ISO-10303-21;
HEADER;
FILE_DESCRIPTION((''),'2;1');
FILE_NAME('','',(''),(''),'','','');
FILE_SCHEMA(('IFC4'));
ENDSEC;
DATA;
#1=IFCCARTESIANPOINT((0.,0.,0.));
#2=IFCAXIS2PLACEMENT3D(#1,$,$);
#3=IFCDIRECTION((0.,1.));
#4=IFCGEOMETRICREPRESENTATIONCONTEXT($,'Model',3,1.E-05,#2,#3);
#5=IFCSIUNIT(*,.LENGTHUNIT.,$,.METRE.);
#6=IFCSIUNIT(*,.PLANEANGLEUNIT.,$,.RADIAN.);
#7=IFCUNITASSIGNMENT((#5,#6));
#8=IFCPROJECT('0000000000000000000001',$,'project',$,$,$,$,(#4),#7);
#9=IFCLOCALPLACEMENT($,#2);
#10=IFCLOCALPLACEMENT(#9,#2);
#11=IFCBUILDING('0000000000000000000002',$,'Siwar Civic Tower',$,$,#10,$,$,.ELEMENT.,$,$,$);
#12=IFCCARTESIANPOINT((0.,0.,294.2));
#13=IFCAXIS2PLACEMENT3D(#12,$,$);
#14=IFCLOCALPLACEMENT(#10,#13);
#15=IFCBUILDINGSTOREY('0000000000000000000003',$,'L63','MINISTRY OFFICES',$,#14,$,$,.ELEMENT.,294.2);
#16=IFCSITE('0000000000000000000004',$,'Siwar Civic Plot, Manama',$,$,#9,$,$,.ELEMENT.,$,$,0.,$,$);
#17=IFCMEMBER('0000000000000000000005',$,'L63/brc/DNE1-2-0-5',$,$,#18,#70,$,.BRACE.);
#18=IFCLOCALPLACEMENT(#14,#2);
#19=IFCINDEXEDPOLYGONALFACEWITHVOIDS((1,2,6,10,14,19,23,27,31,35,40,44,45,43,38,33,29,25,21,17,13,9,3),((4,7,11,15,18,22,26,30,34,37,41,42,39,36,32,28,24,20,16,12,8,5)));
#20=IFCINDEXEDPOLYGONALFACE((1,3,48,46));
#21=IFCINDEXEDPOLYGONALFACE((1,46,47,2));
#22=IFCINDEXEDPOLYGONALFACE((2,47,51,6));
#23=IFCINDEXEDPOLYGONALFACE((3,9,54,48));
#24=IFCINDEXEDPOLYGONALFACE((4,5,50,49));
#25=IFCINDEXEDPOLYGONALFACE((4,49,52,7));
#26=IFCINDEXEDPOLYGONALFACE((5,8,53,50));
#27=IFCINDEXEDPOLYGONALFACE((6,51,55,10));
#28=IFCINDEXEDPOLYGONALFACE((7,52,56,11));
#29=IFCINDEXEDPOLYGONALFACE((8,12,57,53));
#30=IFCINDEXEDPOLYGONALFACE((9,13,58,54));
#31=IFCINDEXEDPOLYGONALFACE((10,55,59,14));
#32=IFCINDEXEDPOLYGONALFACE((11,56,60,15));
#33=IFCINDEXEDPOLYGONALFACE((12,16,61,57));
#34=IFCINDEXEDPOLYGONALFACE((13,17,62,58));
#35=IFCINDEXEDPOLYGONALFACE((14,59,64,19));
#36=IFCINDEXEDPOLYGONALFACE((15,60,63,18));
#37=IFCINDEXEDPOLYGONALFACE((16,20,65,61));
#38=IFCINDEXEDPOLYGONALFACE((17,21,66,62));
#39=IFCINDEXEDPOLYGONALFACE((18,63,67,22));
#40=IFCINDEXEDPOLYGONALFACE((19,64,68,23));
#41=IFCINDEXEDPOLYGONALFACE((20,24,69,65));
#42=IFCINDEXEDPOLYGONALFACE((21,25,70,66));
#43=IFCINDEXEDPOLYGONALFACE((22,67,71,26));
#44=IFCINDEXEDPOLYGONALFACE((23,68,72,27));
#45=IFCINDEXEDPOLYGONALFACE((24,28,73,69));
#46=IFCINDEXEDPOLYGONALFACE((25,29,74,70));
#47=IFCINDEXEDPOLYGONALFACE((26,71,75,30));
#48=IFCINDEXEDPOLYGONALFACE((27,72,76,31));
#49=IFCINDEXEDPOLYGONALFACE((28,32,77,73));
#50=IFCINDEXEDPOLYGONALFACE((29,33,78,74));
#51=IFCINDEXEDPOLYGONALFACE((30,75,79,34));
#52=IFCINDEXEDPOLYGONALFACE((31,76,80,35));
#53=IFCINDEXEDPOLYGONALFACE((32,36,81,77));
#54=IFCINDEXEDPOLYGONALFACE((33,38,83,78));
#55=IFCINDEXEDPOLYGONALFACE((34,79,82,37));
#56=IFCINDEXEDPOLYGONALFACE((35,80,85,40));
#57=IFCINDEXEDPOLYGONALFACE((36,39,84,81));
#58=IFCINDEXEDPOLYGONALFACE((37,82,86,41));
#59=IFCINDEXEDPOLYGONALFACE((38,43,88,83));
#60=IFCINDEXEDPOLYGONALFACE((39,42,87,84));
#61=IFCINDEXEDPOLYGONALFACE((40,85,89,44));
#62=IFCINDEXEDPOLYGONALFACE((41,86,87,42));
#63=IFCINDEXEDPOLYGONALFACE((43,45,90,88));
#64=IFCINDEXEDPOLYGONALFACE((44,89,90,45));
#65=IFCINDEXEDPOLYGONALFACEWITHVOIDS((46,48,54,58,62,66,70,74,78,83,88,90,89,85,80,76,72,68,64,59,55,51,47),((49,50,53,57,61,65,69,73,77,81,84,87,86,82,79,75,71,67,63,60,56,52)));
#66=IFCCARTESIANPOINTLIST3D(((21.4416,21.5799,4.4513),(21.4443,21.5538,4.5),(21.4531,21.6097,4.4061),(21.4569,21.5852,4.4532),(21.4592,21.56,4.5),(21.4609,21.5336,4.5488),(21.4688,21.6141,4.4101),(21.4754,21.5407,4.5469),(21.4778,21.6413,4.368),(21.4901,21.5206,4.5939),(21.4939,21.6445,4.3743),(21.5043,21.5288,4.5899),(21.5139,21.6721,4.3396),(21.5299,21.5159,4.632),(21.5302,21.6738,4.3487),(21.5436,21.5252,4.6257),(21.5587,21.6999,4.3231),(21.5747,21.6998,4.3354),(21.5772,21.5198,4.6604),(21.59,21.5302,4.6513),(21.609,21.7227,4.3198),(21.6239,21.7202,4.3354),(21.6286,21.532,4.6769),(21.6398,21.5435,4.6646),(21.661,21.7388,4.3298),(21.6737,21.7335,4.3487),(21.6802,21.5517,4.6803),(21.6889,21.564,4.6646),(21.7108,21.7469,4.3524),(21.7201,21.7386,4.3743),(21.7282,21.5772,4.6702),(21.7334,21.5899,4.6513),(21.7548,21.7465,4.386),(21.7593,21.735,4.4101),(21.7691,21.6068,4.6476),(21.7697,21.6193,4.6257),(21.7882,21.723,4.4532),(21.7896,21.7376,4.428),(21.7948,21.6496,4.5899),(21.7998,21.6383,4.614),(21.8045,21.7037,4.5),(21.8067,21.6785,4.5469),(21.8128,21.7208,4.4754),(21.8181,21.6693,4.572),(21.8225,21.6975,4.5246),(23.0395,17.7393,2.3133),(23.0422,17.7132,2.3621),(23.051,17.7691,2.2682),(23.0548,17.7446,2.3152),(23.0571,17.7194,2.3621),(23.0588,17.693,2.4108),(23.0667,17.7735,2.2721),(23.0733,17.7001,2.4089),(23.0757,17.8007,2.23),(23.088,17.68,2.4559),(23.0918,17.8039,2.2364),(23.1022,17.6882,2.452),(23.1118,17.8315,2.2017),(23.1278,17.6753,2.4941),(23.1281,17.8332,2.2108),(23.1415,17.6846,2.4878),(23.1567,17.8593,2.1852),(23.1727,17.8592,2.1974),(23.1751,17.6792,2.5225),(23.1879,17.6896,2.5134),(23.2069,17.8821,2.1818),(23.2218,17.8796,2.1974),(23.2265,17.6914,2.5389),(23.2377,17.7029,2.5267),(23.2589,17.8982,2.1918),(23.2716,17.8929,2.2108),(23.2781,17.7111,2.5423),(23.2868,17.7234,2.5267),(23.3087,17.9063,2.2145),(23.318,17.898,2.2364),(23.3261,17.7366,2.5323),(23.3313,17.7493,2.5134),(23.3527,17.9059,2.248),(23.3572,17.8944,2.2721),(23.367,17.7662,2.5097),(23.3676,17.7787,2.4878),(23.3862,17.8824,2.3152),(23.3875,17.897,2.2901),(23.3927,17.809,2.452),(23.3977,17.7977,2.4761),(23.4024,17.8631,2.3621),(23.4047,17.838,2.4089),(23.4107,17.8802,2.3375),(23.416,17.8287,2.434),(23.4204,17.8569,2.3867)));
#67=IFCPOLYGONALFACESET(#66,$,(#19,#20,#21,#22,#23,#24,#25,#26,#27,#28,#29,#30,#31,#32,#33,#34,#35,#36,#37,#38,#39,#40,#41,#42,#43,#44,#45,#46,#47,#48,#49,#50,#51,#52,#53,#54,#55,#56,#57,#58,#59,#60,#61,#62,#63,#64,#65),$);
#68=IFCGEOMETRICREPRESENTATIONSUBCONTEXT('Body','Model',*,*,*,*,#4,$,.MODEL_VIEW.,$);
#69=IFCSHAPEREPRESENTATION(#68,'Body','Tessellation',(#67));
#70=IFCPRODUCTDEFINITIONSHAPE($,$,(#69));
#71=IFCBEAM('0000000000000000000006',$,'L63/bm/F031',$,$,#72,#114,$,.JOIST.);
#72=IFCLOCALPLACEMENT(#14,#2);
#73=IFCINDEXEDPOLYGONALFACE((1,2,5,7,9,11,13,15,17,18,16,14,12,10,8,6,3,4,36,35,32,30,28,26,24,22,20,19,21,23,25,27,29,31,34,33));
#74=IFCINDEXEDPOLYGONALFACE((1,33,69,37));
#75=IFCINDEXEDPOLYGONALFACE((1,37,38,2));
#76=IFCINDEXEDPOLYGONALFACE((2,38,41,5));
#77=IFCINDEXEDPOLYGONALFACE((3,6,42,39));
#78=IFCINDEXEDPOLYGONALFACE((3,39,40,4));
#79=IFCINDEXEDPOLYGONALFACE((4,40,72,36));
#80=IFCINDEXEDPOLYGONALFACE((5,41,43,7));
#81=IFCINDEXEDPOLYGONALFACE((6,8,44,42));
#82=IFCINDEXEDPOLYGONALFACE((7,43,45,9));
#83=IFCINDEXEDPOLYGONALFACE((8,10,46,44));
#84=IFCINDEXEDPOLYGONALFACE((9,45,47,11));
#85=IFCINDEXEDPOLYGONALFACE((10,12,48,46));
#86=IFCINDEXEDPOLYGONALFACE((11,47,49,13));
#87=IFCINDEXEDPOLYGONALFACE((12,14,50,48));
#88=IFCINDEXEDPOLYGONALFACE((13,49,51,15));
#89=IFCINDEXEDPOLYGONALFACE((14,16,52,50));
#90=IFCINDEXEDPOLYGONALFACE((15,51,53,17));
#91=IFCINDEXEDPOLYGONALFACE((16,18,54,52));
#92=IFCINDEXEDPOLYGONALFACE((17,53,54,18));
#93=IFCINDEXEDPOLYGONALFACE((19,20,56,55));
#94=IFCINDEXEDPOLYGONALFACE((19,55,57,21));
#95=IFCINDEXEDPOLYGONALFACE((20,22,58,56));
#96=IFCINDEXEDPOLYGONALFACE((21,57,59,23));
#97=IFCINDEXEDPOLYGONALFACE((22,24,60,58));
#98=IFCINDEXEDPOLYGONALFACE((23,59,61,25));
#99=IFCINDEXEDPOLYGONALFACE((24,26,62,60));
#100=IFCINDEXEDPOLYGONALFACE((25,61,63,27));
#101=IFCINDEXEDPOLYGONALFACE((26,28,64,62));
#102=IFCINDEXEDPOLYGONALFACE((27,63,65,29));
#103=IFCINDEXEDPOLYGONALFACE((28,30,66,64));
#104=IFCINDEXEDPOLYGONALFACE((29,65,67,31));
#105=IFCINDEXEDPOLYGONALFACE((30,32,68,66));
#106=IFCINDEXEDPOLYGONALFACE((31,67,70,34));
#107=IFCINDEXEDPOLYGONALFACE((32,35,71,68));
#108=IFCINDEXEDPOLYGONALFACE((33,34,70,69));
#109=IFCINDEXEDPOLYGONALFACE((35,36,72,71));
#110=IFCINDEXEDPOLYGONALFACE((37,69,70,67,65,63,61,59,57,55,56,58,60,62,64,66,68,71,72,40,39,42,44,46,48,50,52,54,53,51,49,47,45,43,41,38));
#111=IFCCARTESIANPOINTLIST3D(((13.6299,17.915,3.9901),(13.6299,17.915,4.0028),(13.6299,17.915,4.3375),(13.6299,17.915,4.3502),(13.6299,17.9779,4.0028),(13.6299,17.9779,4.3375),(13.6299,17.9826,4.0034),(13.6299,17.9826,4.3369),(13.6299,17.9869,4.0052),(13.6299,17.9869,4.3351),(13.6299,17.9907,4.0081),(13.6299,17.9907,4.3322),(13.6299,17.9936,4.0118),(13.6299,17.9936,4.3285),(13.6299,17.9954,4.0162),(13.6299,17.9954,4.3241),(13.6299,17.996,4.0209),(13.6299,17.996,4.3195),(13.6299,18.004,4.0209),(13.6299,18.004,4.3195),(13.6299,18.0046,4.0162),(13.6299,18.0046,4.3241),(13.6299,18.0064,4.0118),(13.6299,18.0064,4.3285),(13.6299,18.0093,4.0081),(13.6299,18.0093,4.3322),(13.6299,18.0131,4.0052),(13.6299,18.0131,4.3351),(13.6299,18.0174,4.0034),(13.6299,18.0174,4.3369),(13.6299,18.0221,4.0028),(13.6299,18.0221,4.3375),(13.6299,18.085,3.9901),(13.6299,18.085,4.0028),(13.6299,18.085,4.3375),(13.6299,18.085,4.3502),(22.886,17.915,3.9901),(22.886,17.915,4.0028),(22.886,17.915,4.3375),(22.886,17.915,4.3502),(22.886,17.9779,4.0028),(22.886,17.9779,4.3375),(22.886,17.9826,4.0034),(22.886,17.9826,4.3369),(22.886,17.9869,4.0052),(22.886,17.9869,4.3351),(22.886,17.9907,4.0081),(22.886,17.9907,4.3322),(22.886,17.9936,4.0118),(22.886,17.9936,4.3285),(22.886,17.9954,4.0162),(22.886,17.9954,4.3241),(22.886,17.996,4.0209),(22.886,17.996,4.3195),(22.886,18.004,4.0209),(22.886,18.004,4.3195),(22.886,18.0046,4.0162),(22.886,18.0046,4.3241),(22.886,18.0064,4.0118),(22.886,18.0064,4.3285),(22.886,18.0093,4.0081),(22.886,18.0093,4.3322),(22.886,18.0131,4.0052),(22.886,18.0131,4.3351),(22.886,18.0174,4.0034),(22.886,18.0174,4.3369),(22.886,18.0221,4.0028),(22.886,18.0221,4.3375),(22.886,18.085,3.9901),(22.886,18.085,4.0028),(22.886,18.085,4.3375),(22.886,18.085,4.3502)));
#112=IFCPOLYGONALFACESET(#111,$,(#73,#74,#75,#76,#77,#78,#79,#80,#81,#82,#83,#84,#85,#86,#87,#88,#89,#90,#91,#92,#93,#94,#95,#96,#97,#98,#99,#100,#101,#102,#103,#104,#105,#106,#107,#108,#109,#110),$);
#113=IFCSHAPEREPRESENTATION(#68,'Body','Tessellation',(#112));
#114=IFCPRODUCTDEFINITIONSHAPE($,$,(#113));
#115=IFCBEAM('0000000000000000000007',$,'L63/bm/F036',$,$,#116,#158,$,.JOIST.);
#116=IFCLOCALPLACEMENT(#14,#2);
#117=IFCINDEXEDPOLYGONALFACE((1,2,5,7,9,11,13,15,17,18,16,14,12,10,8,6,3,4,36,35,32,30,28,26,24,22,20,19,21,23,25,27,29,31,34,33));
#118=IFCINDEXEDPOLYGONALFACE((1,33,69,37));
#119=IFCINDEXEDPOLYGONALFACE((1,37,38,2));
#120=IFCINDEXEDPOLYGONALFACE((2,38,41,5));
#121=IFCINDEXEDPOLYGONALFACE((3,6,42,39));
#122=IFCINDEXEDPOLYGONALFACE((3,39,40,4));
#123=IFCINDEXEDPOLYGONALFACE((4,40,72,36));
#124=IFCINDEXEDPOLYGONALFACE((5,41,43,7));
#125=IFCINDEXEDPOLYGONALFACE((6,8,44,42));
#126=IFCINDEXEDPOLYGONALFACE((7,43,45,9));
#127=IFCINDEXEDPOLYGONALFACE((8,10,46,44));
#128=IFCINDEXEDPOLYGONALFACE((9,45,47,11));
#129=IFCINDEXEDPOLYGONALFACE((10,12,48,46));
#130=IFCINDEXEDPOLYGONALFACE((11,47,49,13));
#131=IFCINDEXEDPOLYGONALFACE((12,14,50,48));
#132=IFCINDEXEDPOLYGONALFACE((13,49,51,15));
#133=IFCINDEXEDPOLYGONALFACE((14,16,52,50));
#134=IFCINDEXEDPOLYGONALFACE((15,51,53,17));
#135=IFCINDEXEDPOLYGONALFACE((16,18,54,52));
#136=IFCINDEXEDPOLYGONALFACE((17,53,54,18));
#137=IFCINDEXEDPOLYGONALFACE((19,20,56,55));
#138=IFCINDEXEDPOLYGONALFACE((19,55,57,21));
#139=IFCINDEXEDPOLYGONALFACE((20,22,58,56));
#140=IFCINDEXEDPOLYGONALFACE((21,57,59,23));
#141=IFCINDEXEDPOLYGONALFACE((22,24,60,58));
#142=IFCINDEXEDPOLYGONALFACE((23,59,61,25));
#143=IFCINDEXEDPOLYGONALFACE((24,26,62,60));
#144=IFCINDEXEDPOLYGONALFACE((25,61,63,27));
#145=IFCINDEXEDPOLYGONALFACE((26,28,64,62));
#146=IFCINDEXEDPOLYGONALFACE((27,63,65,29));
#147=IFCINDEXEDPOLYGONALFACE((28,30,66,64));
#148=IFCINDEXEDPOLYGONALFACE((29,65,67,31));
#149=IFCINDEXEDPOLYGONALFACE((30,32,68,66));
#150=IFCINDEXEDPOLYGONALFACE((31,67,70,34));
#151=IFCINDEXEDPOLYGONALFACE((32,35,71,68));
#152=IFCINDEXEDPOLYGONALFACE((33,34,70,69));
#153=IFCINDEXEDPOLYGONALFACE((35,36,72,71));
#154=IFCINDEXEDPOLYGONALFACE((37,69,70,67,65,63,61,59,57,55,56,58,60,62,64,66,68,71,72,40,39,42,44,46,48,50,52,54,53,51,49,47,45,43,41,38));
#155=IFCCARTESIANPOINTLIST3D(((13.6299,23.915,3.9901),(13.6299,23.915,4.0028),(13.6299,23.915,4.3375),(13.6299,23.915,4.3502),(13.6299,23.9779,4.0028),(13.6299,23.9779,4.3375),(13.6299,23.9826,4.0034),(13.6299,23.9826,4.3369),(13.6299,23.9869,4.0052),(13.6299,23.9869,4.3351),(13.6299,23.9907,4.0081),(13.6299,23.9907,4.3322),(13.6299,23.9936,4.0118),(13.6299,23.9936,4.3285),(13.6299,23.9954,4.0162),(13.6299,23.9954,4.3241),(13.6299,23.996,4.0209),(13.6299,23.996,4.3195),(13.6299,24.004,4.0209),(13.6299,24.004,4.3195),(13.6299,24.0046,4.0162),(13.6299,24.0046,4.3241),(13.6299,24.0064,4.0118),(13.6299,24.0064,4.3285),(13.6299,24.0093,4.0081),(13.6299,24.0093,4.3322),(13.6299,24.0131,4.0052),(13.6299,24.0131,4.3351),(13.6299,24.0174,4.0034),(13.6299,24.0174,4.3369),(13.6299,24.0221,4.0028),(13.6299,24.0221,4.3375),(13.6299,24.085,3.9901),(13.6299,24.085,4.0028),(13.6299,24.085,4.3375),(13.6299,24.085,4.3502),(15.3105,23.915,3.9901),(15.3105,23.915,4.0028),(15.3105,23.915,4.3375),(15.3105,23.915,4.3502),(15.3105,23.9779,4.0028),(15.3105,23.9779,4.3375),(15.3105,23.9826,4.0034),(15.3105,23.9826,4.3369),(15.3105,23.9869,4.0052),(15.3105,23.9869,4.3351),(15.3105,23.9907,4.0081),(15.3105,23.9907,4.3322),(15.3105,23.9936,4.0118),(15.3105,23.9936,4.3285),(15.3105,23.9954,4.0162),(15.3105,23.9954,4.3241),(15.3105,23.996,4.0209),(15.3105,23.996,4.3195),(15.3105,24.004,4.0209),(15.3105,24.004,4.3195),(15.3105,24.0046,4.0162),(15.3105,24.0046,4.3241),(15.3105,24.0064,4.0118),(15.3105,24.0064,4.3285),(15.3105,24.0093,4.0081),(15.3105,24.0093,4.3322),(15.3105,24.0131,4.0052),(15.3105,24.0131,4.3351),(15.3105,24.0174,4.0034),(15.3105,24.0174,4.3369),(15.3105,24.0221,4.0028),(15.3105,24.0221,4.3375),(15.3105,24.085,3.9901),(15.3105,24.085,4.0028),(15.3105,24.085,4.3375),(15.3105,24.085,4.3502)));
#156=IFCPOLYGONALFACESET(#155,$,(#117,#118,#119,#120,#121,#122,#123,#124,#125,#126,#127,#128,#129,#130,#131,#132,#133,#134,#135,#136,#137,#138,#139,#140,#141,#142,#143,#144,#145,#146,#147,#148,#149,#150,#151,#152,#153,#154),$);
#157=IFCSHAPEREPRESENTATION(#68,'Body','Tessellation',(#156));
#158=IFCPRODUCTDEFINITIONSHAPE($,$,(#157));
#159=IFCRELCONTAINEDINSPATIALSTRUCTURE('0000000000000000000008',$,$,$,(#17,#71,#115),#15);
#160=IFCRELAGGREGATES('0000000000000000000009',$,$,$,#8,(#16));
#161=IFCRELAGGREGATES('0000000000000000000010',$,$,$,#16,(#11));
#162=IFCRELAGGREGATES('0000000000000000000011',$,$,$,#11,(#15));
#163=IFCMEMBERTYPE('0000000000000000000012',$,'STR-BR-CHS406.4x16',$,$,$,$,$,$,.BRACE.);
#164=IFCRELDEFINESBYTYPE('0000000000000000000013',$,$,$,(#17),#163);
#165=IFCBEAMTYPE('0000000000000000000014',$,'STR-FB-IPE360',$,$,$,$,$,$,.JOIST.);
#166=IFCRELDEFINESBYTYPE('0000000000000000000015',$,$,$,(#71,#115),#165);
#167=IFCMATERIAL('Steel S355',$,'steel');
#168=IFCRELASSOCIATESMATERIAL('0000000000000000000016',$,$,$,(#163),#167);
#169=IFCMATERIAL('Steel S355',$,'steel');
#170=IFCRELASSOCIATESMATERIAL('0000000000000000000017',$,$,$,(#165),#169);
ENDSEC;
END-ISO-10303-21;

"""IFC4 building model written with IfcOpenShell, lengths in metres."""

from ifc_helpers import new_model, si_unit, direction, frame, origin, origin_2d, place, context, subcontext, project, spatial, hollow_circle, i_section, extrude, material, material_profile, profile_set, type_object, element, save


model = new_model("IFC4")

# Units and contexts
model_context = context("Model", 3, precision=1e-05, world=origin(), true_north=direction((0.0, 1.0)))
body_context = subcontext(model_context, "Body", "Model", "MODEL_VIEW")
ifc_project = project(units=[si_unit("LENGTHUNIT", "METRE"), si_unit("PLANEANGLEUNIT", "RADIAN")], contexts=[model_context])

# Site, building, storey
site_placement = place(None, origin())
site = spatial("IfcSite", under=ifc_project, at=site_placement, Name="Siwar Civic Plot, Manama", CompositionType="ELEMENT", RefElevation=0.0)
building_placement = place(site_placement, origin())
building = spatial("IfcBuilding", under=site, at=building_placement, Name="Siwar Civic Tower", CompositionType="ELEMENT")
storey_placement = place(building_placement, frame((0.0, 0.0, 294.2)))
storey = spatial("IfcBuildingStorey", under=building, at=storey_placement, Name="L63", Description="MINISTRY OFFICES", CompositionType="ELEMENT", Elevation=294.2)

# Member
ifc_material_1 = material(Name="Steel S355", Category="steel")
ifc_material_profile_1 = material_profile(ifc_material_1, hollow_circle(Radius=0.2031, WallThickness=0.0161, at=origin_2d()), Name="CHS406.4x16")
ifc_profile_set_1 = profile_set([ifc_material_profile_1], Name="Steel S355")
member_type_1 = type_object("IfcMemberType", Name="STR-BR-CHS406.4x16", PredefinedType="BRACE", material=ifc_profile_set_1)
for number, where, z_axis, x_axis, name in (
    (1, (23.2297, 17.7913, 2.3621), (-0.341653, 0.821167, 0.45712), (-0.923276, -0.384136, 0.0), "L63/brc/DNE1-2-0-5"),
):
    element("IfcMember", number, at=place(storey_placement, frame(where, z_axis=z_axis, x_axis=x_axis)), inside=storey, type_object=member_type_1, Name=name, PredefinedType="BRACE", context=body_context, shape_type="SweptSolid", body=[
        extrude(hollow_circle(Radius=0.2031, WallThickness=0.0161, at=origin_2d()), origin(), (0.0, 0.0, 1.0), 4.677),
    ])

# Beams
ifc_material_2 = material(Name="Steel S355", Category="steel")
ifc_material_profile_2 = material_profile(ifc_material_2, i_section(OverallWidth=0.1699, OverallDepth=0.3601, WebThickness=0.0081, FlangeThickness=0.0127, FilletRadius=0.0181, at=origin_2d()), Name="IPE360")
ifc_profile_set_2 = profile_set([ifc_material_profile_2], Name="Steel S355")
beam_type_1 = type_object("IfcBeamType", Name="STR-FB-IPE360", PredefinedType="JOIST", material=ifc_profile_set_2)
beam_1_placement = place(storey_placement, frame((13.6299, 18.0, 4.1702), z_axis=(1.0, 0.0, 0.0), x_axis=(0.0, 1.0, 0.0)))
element("IfcBeam", 2, at=beam_1_placement, inside=storey, type_object=beam_type_1, Name="L63/bm/F031", PredefinedType="JOIST", context=body_context, shape_type="SweptSolid", body=[
    extrude(i_section(OverallWidth=0.1699, OverallDepth=0.3601, WebThickness=0.0081, FlangeThickness=0.0127, FilletRadius=0.0181, at=origin_2d()), origin(), (0.0, 0.0, 1.0), 9.2561),
])
beam_2_placement = place(storey_placement, frame((13.6299, 24.0, 4.1702), z_axis=(1.0, 0.0, 0.0), x_axis=(0.0, 1.0, 0.0)))
element("IfcBeam", 3, at=beam_2_placement, inside=storey, type_object=beam_type_1, Name="L63/bm/F036", PredefinedType="JOIST", context=body_context, shape_type="SweptSolid", body=[
    extrude(i_section(OverallWidth=0.1699, OverallDepth=0.3601, WebThickness=0.0081, FlangeThickness=0.0127, FilletRadius=0.0181, at=origin_2d()), origin(), (0.0, 0.0, 1.0), 1.6807),
])

save(model, "model.ifc")
